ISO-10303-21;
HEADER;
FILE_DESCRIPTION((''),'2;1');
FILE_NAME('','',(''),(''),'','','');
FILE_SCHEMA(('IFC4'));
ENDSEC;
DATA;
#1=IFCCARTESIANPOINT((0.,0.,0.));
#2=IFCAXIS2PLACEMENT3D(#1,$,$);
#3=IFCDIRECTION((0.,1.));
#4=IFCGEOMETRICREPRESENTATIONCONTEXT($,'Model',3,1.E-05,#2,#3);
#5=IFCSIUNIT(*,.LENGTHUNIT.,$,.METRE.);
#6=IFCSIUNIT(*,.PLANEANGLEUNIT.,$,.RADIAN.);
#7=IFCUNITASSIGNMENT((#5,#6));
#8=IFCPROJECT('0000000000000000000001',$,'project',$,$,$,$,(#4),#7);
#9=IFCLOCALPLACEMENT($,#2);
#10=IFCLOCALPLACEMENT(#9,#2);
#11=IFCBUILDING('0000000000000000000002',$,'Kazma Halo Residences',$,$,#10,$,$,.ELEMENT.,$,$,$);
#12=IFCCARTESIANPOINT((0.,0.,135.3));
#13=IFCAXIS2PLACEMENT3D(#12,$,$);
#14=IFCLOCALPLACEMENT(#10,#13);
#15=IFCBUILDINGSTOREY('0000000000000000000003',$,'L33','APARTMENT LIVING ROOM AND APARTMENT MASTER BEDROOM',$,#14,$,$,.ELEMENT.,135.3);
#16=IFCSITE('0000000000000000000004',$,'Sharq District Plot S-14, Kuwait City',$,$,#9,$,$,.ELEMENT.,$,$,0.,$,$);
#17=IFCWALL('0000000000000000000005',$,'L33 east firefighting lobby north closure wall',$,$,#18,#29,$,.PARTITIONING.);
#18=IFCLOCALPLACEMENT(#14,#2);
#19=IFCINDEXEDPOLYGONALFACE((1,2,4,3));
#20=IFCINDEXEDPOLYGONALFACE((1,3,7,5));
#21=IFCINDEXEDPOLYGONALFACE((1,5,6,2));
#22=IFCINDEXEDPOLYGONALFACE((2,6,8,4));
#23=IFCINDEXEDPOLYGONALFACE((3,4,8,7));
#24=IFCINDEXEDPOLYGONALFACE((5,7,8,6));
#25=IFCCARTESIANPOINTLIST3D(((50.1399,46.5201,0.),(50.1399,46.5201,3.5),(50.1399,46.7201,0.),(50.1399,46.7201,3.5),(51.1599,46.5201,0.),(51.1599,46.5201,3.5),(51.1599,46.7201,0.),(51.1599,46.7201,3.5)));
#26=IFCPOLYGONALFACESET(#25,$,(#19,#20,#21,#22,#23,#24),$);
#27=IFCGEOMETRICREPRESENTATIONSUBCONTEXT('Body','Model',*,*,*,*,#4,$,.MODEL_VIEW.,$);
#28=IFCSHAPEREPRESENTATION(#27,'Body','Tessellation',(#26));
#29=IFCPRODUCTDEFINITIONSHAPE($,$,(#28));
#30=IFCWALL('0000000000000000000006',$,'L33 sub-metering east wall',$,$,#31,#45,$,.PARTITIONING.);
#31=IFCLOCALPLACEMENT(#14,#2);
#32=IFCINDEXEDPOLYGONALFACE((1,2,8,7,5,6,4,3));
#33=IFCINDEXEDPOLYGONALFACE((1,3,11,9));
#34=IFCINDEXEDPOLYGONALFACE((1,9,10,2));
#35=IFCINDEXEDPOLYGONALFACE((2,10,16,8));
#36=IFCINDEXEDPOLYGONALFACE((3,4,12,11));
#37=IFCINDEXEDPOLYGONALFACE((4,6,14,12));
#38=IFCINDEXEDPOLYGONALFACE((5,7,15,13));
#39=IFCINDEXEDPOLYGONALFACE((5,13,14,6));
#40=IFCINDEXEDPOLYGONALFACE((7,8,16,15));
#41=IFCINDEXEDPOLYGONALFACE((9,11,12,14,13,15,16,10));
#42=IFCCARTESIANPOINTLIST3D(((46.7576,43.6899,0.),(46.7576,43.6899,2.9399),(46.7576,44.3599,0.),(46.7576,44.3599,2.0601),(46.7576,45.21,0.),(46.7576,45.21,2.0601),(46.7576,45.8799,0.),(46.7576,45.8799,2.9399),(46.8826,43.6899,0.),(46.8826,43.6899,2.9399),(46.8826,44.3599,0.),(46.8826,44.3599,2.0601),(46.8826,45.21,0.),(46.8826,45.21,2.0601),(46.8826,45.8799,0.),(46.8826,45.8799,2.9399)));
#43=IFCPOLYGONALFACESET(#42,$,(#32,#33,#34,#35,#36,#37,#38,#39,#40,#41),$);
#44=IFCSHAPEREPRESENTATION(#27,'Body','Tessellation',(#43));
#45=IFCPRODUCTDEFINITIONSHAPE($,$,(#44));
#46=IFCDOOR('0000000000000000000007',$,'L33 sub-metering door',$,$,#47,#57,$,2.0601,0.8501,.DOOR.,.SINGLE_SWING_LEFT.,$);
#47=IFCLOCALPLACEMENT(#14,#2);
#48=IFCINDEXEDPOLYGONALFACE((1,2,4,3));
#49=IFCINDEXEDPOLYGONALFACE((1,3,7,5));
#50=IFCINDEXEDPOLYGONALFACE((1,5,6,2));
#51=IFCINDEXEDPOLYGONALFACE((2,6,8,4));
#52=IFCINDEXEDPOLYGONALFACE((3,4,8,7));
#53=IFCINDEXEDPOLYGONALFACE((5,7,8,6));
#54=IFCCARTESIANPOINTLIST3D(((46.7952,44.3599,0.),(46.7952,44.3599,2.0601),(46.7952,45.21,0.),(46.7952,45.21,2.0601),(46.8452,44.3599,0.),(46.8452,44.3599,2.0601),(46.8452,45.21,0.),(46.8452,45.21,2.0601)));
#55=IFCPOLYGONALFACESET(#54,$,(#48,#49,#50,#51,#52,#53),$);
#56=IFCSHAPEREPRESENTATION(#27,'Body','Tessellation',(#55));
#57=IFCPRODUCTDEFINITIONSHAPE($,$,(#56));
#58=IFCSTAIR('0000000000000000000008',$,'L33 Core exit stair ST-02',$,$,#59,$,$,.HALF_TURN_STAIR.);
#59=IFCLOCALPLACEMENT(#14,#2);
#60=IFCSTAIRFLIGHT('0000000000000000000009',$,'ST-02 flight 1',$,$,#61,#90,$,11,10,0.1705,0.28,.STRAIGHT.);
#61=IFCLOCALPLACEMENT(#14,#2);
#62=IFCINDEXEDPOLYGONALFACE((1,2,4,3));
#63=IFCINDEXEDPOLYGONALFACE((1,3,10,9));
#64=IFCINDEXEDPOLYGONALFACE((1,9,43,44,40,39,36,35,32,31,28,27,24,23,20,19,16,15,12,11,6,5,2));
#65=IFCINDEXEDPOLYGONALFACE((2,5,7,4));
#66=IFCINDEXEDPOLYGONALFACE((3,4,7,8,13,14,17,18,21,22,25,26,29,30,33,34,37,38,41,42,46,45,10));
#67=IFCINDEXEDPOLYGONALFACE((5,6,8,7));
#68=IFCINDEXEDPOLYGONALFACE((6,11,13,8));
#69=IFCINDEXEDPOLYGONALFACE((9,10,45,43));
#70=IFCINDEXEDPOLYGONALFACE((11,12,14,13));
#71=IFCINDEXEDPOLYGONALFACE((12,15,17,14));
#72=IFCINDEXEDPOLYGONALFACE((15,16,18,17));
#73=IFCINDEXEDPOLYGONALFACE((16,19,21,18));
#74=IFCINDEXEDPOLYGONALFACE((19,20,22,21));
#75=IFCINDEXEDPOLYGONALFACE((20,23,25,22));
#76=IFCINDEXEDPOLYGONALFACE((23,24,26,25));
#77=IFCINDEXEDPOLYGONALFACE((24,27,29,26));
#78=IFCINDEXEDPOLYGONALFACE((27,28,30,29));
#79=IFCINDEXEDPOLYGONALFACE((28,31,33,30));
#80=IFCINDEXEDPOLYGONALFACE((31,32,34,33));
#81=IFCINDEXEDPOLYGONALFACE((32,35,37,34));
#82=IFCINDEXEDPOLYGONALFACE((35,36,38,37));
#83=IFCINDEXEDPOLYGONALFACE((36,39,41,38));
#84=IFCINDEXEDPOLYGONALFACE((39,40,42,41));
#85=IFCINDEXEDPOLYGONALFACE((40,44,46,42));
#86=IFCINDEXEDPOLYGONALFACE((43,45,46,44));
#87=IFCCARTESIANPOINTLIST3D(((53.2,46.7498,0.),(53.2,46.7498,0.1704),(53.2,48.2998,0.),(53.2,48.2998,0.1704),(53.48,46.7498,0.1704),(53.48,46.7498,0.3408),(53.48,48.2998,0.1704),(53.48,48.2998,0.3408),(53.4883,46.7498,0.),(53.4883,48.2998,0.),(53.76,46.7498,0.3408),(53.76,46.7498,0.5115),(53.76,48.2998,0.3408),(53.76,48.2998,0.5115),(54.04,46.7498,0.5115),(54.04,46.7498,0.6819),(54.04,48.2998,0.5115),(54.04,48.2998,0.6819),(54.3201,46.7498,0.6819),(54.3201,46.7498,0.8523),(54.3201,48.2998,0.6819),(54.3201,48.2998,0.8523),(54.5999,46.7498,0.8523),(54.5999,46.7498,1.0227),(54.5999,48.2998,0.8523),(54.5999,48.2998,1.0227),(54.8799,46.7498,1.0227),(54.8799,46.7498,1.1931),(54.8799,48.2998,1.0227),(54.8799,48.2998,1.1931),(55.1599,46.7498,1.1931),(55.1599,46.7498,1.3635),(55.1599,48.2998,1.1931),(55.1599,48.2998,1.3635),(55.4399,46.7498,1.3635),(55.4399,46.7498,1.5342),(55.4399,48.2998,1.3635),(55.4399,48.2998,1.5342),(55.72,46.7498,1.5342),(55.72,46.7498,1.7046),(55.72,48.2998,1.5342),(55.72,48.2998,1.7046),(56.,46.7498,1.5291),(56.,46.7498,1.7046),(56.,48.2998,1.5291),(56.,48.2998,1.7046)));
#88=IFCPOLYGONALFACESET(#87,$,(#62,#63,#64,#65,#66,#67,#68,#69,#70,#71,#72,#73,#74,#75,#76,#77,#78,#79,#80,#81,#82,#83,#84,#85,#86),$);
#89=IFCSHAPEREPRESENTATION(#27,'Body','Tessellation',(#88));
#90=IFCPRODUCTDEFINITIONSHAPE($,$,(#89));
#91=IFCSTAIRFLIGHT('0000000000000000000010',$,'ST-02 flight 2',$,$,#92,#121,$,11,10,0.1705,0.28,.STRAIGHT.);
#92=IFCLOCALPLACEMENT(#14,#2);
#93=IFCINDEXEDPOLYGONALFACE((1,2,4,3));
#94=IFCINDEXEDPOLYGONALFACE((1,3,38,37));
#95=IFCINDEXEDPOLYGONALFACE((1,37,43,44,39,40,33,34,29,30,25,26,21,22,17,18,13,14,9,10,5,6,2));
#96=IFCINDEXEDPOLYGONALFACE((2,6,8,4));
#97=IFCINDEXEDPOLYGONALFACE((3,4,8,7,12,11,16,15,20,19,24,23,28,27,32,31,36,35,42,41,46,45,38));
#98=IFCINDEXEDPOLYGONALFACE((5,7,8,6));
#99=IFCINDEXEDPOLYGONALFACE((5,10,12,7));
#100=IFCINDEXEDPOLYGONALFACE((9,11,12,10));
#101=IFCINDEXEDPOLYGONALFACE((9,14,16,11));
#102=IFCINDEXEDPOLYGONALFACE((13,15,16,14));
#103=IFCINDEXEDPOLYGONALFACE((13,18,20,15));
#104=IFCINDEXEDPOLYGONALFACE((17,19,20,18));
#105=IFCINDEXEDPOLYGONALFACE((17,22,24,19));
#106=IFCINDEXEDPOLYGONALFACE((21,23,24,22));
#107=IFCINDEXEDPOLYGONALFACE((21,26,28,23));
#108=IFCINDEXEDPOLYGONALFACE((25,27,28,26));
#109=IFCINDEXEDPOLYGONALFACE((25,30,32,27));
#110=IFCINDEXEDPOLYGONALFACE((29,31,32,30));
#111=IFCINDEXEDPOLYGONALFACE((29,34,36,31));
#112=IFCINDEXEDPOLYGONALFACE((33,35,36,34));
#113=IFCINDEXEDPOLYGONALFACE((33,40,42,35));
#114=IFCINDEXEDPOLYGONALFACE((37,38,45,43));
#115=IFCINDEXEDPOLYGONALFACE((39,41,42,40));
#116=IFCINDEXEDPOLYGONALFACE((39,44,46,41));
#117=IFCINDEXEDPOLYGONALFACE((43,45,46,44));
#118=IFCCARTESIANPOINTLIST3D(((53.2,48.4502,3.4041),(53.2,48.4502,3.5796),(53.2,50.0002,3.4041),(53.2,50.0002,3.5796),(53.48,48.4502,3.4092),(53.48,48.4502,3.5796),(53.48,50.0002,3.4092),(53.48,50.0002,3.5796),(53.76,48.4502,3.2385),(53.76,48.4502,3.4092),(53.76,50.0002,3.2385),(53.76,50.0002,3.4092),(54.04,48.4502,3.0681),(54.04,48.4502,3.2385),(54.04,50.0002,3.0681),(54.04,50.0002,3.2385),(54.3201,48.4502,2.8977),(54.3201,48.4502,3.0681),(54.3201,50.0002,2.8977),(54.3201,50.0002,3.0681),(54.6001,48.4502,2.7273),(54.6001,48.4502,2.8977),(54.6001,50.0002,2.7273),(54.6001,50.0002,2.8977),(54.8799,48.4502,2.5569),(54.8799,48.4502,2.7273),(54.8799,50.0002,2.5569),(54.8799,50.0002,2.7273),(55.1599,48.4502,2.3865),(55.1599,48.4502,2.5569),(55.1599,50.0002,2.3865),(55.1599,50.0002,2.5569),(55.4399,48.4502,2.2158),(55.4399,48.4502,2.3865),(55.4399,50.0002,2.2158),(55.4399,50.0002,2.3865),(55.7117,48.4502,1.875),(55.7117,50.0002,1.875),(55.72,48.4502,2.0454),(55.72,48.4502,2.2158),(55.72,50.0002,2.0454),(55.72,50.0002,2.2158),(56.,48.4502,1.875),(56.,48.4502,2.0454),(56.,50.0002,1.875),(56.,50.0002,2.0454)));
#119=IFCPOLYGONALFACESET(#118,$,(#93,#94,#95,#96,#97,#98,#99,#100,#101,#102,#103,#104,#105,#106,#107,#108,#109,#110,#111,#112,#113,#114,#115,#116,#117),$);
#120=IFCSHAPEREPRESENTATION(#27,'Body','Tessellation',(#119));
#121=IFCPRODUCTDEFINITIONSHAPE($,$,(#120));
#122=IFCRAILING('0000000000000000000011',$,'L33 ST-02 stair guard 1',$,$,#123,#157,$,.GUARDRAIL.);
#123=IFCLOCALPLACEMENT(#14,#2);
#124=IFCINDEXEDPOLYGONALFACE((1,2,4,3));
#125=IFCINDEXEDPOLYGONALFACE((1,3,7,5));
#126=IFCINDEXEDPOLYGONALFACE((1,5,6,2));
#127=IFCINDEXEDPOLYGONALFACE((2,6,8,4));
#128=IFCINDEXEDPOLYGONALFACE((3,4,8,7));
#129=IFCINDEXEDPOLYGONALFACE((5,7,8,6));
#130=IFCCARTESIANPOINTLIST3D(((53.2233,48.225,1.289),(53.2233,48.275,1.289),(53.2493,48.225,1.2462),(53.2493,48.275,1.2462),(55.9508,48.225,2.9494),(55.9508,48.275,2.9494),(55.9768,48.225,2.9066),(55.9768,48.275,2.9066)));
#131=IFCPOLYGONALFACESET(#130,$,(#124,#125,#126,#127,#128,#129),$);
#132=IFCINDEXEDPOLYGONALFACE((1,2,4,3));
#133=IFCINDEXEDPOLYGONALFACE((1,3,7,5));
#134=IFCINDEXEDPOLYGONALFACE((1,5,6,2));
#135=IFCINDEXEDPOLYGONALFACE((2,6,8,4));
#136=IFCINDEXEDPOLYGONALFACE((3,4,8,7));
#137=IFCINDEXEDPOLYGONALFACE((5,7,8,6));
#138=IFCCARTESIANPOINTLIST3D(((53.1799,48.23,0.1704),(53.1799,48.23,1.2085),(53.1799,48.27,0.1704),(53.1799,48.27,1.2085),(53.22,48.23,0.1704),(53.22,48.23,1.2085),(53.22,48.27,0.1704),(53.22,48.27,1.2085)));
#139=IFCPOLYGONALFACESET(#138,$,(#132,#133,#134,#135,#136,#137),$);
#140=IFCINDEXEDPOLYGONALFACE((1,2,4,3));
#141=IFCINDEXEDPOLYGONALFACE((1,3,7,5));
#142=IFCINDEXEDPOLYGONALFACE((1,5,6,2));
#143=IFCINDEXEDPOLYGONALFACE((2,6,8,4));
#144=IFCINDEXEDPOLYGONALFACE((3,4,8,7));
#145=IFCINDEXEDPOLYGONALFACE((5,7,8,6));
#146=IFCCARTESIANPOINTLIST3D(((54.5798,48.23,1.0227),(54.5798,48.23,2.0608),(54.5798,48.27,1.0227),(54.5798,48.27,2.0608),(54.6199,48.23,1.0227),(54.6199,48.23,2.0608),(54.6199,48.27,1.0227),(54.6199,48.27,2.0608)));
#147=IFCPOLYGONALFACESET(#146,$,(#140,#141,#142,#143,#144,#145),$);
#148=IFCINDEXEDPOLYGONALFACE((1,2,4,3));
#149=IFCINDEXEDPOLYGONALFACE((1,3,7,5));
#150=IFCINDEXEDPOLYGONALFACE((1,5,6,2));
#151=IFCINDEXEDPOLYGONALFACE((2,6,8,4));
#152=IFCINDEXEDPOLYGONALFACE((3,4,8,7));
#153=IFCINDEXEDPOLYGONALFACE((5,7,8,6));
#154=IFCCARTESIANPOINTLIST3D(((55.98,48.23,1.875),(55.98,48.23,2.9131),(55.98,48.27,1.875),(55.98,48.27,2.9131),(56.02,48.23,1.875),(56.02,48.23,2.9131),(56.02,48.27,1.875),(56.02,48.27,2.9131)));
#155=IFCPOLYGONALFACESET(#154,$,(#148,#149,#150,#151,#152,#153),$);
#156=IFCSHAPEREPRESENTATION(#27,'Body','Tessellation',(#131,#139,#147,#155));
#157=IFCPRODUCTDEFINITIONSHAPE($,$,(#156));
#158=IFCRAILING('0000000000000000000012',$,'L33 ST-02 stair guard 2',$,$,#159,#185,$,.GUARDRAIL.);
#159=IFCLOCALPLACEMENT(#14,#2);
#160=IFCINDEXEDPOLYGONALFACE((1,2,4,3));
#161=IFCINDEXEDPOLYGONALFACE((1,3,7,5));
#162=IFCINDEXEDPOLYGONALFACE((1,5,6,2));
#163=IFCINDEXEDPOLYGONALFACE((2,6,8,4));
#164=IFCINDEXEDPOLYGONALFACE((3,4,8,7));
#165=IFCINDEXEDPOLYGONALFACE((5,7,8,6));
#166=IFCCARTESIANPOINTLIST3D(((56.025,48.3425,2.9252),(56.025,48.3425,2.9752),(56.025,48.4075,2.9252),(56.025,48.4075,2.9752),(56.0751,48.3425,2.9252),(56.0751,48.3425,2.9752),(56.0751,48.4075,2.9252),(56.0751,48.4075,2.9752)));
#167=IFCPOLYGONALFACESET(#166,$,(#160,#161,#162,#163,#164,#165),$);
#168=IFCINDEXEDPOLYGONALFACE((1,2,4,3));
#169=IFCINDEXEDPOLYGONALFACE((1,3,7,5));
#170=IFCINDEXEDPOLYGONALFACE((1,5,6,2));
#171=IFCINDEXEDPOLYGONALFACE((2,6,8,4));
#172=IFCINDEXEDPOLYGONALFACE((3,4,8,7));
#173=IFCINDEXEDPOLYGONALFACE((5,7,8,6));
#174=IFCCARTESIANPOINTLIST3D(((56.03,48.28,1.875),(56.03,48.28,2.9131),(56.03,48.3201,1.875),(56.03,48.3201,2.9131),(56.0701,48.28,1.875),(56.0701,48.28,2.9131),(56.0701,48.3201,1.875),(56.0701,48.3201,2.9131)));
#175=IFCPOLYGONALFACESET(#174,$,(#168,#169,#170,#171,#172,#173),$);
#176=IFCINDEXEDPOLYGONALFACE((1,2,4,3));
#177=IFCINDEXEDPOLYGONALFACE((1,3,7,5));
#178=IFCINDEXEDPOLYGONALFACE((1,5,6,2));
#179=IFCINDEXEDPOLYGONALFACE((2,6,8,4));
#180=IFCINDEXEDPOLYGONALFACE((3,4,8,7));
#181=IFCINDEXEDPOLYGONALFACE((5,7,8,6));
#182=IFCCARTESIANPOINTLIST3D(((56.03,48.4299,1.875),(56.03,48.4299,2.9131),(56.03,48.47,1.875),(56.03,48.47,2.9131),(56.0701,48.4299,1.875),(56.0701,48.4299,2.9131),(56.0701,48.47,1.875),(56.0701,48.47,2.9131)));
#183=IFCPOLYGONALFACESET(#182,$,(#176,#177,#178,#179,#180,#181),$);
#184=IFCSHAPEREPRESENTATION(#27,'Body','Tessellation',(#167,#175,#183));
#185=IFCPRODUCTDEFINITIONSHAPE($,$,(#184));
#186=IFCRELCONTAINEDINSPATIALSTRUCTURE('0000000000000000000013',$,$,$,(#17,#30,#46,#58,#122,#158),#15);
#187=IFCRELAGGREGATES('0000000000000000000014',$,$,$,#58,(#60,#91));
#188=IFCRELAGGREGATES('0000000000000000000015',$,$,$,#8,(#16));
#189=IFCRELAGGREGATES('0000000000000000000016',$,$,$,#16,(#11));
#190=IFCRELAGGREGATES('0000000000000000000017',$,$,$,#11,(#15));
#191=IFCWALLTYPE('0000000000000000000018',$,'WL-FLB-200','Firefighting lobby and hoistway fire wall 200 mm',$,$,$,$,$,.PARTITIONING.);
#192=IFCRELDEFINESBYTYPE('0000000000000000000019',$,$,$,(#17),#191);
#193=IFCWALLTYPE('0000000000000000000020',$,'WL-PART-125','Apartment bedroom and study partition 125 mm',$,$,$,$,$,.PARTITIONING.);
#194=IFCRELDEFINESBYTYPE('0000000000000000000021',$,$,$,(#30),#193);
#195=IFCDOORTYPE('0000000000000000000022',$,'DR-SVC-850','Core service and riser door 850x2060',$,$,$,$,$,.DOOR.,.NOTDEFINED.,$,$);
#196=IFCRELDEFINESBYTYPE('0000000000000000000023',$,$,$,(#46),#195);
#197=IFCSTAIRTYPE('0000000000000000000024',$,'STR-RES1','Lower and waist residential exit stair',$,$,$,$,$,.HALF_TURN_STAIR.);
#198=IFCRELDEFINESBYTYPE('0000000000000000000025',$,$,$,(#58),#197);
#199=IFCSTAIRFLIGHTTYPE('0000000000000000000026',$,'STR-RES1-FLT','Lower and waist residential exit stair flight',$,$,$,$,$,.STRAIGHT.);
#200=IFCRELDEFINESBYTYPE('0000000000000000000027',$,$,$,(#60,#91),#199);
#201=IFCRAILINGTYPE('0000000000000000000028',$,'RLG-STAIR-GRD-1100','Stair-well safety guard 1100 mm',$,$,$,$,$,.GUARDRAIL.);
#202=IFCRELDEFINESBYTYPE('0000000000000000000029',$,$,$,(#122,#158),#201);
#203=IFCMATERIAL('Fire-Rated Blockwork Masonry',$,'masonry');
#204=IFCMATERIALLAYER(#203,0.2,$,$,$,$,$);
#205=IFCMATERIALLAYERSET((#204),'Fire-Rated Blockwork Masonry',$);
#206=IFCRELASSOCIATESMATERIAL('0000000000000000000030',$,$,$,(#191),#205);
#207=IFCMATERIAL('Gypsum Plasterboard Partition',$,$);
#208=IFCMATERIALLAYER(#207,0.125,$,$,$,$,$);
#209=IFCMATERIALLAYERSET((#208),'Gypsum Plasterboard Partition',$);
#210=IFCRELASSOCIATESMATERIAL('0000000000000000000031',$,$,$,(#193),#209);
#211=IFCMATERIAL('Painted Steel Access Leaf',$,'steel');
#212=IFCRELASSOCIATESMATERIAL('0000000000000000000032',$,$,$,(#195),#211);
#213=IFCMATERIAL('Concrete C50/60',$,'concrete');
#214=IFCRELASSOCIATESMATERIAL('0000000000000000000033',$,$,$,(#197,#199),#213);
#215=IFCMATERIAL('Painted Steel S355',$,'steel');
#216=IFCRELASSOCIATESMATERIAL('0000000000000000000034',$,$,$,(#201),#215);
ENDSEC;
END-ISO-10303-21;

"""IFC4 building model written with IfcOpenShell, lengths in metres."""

from ifc_helpers import new_model, si_unit, direction, frame, frame_2d, origin, origin_2d, place, context, subcontext, project, spatial, polyline, rectangle, outline, extrude, material, layer, layer_set, type_object, element, fill, aggregate, save


model = new_model("IFC4")

# Units and contexts
model_context = context("Model", 3, precision=1e-05, world=origin(), true_north=direction((0.0, 1.0)))
body_context = subcontext(model_context, "Body", "Model", "MODEL_VIEW")
ifc_project = project(units=[si_unit("LENGTHUNIT", "METRE"), si_unit("PLANEANGLEUNIT", "RADIAN")], contexts=[model_context])

# Site, building, storey
site_placement = place(None, origin())
site = spatial("IfcSite", under=ifc_project, at=site_placement, Name="Sharq District Plot S-14, Kuwait City", CompositionType="ELEMENT", RefElevation=0.0)
building_placement = place(site_placement, origin())
building = spatial("IfcBuilding", under=site, at=building_placement, Name="Kazma Halo Residences", CompositionType="ELEMENT")
storey_placement = place(building_placement, frame((0.0, 0.0, 135.3)))
storey = spatial("IfcBuildingStorey", under=building, at=storey_placement, Name="L33", Description="APARTMENT LIVING ROOM AND APARTMENT MASTER BEDROOM", CompositionType="ELEMENT", Elevation=135.3)

# Shared definitions
ifc_material_1 = material(Name="Fire-Rated Blockwork Masonry", Category="masonry")
ifc_layer_1 = layer(ifc_material_1, 0.2)
ifc_layer_set_1 = layer_set([ifc_layer_1], Name="Fire-Rated Blockwork Masonry")
wall_type_1 = type_object("IfcWallType", Name="WL-FLB-200", Description="Firefighting lobby and hoistway fire wall 200 mm", PredefinedType="PARTITIONING", material=ifc_layer_set_1)

# Wall
wall_1_placement = place(storey_placement, frame((50.1399, 46.6201, 0.0), z_axis=(0.0, 0.0, 1.0), x_axis=(1.0, 0.0, 0.0)))
element("IfcWall", 1, at=wall_1_placement, inside=storey, type_object=wall_type_1, Name="L33 east firefighting lobby north closure wall", PredefinedType="PARTITIONING", context=body_context, shape_type="SweptSolid", body=[
    extrude(rectangle(XDim=1.02, YDim=0.2, at=frame_2d((0.51, 0.0))), origin(), (0.0, 0.0, 1.0), 3.5),
])

# Wall, opening, door
ifc_material_2 = material(Name="Gypsum Plasterboard Partition")
ifc_layer_2 = layer(ifc_material_2, 0.125)
ifc_layer_set_2 = layer_set([ifc_layer_2], Name="Gypsum Plasterboard Partition")
wall_type_2 = type_object("IfcWallType", Name="WL-PART-125", Description="Apartment bedroom and study partition 125 mm", PredefinedType="PARTITIONING", material=ifc_layer_set_2)
wall_2_placement = place(storey_placement, frame((46.8201, 43.6899, 0.0), z_axis=(0.0, 0.0, 1.0), x_axis=(0.0, 1.0, 0.0)))
wall_2 = element("IfcWall", 2, at=wall_2_placement, inside=storey, type_object=wall_type_2, Name="L33 sub-metering east wall", PredefinedType="PARTITIONING", context=body_context, shape_type="SweptSolid", body=[
    extrude(rectangle(XDim=2.1899, YDim=0.125, at=frame_2d((1.095, 0.0))), origin(), (0.0, 0.0, 1.0), 2.9399),
])
opening_1_placement = place(wall_2_placement, frame((0.6699, 0.0, 0.0)))
opening_1 = element("IfcOpeningElement", 3, at=opening_1_placement, cuts=wall_2, PredefinedType="OPENING", context=body_context, shape_type="SweptSolid", body=[
    extrude(rectangle(XDim=0.8501, YDim=2.0601, at=frame_2d((0.425, 1.03))), frame((0.0, 0.0725, 0.0), z_axis=(0.0, -1.0, 0.0), x_axis=(1.0, 0.0, 0.0)), (0.0, 0.0, 1.0), 0.145),
])
ifc_material_3 = material(Name="Painted Steel Access Leaf", Category="steel")
door_type_1 = type_object("IfcDoorType", Name="DR-SVC-850", Description="Core service and riser door 850x2060", OperationType="NOTDEFINED", PredefinedType="DOOR", material=ifc_material_3)
door_1_placement = place(opening_1_placement, origin())
door_1 = element("IfcDoor", 4, at=door_1_placement, inside=storey, type_object=door_type_1, Name="L33 sub-metering door", OperationType="SINGLE_SWING_LEFT", OverallHeight=2.0601, OverallWidth=0.8501, PredefinedType="DOOR", context=body_context, shape_type="SweptSolid", body=[
    extrude(rectangle(XDim=0.8501, YDim=2.0601, at=frame_2d((0.425, 1.03))), frame((0.0, 0.0249, 0.0), z_axis=(0.0, -1.0, 0.0), x_axis=(1.0, 0.0, 0.0)), (0.0, 0.0, 1.0), 0.05),
])
fill(opening_1, door_1)
ifc_material_4 = material(Name="Concrete C50/60", Category="concrete")

# Stair, stair flights
stair_type = type_object("IfcStairType", Name="STR-RES1", Description="Lower and waist residential exit stair", PredefinedType="HALF_TURN_STAIR", material=ifc_material_4)
stair_placement = place(storey_placement, origin())
stair = element("IfcStair", 5, at=stair_placement, inside=storey, type_object=stair_type, Name="L33 Core exit stair ST-02", PredefinedType="HALF_TURN_STAIR")
stair_flight_type = type_object("IfcStairFlightType", Name="STR-RES1-FLT", Description="Lower and waist residential exit stair flight", PredefinedType="STRAIGHT", material=ifc_material_4)
stair_flight_1_placement = place(storey_placement, frame((53.2, 47.5249, 0.0), z_axis=(0.0, 0.0, 1.0), x_axis=(1.0, 0.0, 0.0)))
stair_flight_1 = element("IfcStairFlight", 6, at=stair_flight_1_placement, type_object=stair_flight_type, Name="ST-02 flight 1", NumberOfRisers=11, NumberOfTreads=10, PredefinedType="STRAIGHT", RiserHeight=0.1705, TreadLength=0.28, context=body_context, shape_type="SweptSolid", body=[
    extrude(outline(polyline([(0.0, 0.0), (0.0, 0.1704), (0.28, 0.1704), (0.28, 0.3408), (0.5601, 0.3408), (0.5601, 0.5115), (0.8401, 0.5115), (0.8401, 0.6819), (1.1201, 0.6819), (1.1201, 0.8523), (1.3999, 0.8523), (1.3999, 1.0227), (1.6799, 1.0227), (1.6799, 1.1931), (1.96, 1.1931), (1.96, 1.3635), (2.24, 1.3635), (2.24, 1.5342), (2.52, 1.5342), (2.52, 1.7046), (2.8, 1.7046), (2.8, 1.875), (2.8, 1.5291), (0.2883, 0.0), (0.0, 0.0)])), frame((0.0, 0.7749, 0.0), z_axis=(0.0, -1.0, 0.0), x_axis=(1.0, 0.0, 0.0)), (0.0, 0.0, 1.0), 1.55),
])
stair_flight_2_placement = place(storey_placement, frame((56.0, 49.2251, 1.875), z_axis=(0.0, 0.0, 1.0), x_axis=(-1.0, 0.0, 0.0)))
stair_flight_2 = element("IfcStairFlight", 7, at=stair_flight_2_placement, type_object=stair_flight_type, Name="ST-02 flight 2", NumberOfRisers=11, NumberOfTreads=10, PredefinedType="STRAIGHT", RiserHeight=0.1705, TreadLength=0.28, context=body_context, shape_type="SweptSolid", body=[
    extrude(outline(polyline([(0.0, 0.0), (0.0, 0.1704), (0.28, 0.1704), (0.28, 0.3408), (0.5601, 0.3408), (0.5601, 0.5115), (0.8401, 0.5115), (0.8401, 0.6819), (1.1201, 0.6819), (1.1201, 0.8523), (1.3999, 0.8523), (1.3999, 1.0227), (1.6799, 1.0227), (1.6799, 1.1931), (1.96, 1.1931), (1.96, 1.3635), (2.24, 1.3635), (2.24, 1.5342), (2.52, 1.5342), (2.52, 1.7046), (2.8, 1.7046), (2.8, 1.875), (2.8, 1.5291), (0.2883, 0.0), (0.0, 0.0)])), frame((0.0, 0.7749, 0.0), z_axis=(0.0, -1.0, 0.0), x_axis=(1.0, 0.0, 0.0)), (0.0, 0.0, 1.0), 1.55),
])
aggregate(stair, [stair_flight_1, stair_flight_2])

# Railings
ifc_material_5 = material(Name="Painted Steel S355", Category="steel")
railing_type_1 = type_object("IfcRailingType", Name="RLG-STAIR-GRD-1100", Description="Stair-well safety guard 1100 mm", PredefinedType="GUARDRAIL", material=ifc_material_5)
railing_1_placement = place(storey_placement, frame((53.2, 48.25, 0.1704)))
element("IfcRailing", 8, at=railing_1_placement, inside=storey, type_object=railing_type_1, Name="L33 ST-02 stair guard 1", PredefinedType="GUARDRAIL", context=body_context, shape_type="SweptSolid", body=[
    extrude(rectangle(XDim=0.05, YDim=0.05, at=origin_2d()), frame((0.0364, 0.0, 1.0972), z_axis=(0.85417, 0.0, 0.519994), x_axis=(0.0, 1.0, 0.0)), (0.0, 0.0, 1.0), 3.1931),
    extrude(rectangle(XDim=0.04, YDim=0.04, at=origin_2d()), origin(), (0.0, 0.0, 1.0), 1.0381),
    extrude(rectangle(XDim=0.04, YDim=0.04, at=origin_2d()), frame((1.3999, 0.0, 0.8523)), (0.0, 0.0, 1.0), 1.0381),
    extrude(rectangle(XDim=0.04, YDim=0.04, at=origin_2d()), frame((2.8, 0.0, 1.7046)), (0.0, 0.0, 1.0), 1.0381),
])
railing_2_placement = place(storey_placement, frame((56.05, 48.3, 1.875)))
element("IfcRailing", 9, at=railing_2_placement, inside=storey, type_object=railing_type_1, Name="L33 ST-02 stair guard 2", PredefinedType="GUARDRAIL", context=body_context, shape_type="SweptSolid", body=[
    extrude(rectangle(XDim=0.05, YDim=0.05, at=origin_2d()), frame((0.0, 0.0425, 1.0752), z_axis=(0.0, 1.0, 0.0), x_axis=(-1.0, 0.0, 0.0)), (0.0, 0.0, 1.0), 0.0649),
    extrude(rectangle(XDim=0.04, YDim=0.04, at=origin_2d()), origin(), (0.0, 0.0, 1.0), 1.0381),
    extrude(rectangle(XDim=0.04, YDim=0.04, at=origin_2d()), frame((0.0, 0.1499, 0.0)), (0.0, 0.0, 1.0), 1.0381),
])

save(model, "model.ifc")
